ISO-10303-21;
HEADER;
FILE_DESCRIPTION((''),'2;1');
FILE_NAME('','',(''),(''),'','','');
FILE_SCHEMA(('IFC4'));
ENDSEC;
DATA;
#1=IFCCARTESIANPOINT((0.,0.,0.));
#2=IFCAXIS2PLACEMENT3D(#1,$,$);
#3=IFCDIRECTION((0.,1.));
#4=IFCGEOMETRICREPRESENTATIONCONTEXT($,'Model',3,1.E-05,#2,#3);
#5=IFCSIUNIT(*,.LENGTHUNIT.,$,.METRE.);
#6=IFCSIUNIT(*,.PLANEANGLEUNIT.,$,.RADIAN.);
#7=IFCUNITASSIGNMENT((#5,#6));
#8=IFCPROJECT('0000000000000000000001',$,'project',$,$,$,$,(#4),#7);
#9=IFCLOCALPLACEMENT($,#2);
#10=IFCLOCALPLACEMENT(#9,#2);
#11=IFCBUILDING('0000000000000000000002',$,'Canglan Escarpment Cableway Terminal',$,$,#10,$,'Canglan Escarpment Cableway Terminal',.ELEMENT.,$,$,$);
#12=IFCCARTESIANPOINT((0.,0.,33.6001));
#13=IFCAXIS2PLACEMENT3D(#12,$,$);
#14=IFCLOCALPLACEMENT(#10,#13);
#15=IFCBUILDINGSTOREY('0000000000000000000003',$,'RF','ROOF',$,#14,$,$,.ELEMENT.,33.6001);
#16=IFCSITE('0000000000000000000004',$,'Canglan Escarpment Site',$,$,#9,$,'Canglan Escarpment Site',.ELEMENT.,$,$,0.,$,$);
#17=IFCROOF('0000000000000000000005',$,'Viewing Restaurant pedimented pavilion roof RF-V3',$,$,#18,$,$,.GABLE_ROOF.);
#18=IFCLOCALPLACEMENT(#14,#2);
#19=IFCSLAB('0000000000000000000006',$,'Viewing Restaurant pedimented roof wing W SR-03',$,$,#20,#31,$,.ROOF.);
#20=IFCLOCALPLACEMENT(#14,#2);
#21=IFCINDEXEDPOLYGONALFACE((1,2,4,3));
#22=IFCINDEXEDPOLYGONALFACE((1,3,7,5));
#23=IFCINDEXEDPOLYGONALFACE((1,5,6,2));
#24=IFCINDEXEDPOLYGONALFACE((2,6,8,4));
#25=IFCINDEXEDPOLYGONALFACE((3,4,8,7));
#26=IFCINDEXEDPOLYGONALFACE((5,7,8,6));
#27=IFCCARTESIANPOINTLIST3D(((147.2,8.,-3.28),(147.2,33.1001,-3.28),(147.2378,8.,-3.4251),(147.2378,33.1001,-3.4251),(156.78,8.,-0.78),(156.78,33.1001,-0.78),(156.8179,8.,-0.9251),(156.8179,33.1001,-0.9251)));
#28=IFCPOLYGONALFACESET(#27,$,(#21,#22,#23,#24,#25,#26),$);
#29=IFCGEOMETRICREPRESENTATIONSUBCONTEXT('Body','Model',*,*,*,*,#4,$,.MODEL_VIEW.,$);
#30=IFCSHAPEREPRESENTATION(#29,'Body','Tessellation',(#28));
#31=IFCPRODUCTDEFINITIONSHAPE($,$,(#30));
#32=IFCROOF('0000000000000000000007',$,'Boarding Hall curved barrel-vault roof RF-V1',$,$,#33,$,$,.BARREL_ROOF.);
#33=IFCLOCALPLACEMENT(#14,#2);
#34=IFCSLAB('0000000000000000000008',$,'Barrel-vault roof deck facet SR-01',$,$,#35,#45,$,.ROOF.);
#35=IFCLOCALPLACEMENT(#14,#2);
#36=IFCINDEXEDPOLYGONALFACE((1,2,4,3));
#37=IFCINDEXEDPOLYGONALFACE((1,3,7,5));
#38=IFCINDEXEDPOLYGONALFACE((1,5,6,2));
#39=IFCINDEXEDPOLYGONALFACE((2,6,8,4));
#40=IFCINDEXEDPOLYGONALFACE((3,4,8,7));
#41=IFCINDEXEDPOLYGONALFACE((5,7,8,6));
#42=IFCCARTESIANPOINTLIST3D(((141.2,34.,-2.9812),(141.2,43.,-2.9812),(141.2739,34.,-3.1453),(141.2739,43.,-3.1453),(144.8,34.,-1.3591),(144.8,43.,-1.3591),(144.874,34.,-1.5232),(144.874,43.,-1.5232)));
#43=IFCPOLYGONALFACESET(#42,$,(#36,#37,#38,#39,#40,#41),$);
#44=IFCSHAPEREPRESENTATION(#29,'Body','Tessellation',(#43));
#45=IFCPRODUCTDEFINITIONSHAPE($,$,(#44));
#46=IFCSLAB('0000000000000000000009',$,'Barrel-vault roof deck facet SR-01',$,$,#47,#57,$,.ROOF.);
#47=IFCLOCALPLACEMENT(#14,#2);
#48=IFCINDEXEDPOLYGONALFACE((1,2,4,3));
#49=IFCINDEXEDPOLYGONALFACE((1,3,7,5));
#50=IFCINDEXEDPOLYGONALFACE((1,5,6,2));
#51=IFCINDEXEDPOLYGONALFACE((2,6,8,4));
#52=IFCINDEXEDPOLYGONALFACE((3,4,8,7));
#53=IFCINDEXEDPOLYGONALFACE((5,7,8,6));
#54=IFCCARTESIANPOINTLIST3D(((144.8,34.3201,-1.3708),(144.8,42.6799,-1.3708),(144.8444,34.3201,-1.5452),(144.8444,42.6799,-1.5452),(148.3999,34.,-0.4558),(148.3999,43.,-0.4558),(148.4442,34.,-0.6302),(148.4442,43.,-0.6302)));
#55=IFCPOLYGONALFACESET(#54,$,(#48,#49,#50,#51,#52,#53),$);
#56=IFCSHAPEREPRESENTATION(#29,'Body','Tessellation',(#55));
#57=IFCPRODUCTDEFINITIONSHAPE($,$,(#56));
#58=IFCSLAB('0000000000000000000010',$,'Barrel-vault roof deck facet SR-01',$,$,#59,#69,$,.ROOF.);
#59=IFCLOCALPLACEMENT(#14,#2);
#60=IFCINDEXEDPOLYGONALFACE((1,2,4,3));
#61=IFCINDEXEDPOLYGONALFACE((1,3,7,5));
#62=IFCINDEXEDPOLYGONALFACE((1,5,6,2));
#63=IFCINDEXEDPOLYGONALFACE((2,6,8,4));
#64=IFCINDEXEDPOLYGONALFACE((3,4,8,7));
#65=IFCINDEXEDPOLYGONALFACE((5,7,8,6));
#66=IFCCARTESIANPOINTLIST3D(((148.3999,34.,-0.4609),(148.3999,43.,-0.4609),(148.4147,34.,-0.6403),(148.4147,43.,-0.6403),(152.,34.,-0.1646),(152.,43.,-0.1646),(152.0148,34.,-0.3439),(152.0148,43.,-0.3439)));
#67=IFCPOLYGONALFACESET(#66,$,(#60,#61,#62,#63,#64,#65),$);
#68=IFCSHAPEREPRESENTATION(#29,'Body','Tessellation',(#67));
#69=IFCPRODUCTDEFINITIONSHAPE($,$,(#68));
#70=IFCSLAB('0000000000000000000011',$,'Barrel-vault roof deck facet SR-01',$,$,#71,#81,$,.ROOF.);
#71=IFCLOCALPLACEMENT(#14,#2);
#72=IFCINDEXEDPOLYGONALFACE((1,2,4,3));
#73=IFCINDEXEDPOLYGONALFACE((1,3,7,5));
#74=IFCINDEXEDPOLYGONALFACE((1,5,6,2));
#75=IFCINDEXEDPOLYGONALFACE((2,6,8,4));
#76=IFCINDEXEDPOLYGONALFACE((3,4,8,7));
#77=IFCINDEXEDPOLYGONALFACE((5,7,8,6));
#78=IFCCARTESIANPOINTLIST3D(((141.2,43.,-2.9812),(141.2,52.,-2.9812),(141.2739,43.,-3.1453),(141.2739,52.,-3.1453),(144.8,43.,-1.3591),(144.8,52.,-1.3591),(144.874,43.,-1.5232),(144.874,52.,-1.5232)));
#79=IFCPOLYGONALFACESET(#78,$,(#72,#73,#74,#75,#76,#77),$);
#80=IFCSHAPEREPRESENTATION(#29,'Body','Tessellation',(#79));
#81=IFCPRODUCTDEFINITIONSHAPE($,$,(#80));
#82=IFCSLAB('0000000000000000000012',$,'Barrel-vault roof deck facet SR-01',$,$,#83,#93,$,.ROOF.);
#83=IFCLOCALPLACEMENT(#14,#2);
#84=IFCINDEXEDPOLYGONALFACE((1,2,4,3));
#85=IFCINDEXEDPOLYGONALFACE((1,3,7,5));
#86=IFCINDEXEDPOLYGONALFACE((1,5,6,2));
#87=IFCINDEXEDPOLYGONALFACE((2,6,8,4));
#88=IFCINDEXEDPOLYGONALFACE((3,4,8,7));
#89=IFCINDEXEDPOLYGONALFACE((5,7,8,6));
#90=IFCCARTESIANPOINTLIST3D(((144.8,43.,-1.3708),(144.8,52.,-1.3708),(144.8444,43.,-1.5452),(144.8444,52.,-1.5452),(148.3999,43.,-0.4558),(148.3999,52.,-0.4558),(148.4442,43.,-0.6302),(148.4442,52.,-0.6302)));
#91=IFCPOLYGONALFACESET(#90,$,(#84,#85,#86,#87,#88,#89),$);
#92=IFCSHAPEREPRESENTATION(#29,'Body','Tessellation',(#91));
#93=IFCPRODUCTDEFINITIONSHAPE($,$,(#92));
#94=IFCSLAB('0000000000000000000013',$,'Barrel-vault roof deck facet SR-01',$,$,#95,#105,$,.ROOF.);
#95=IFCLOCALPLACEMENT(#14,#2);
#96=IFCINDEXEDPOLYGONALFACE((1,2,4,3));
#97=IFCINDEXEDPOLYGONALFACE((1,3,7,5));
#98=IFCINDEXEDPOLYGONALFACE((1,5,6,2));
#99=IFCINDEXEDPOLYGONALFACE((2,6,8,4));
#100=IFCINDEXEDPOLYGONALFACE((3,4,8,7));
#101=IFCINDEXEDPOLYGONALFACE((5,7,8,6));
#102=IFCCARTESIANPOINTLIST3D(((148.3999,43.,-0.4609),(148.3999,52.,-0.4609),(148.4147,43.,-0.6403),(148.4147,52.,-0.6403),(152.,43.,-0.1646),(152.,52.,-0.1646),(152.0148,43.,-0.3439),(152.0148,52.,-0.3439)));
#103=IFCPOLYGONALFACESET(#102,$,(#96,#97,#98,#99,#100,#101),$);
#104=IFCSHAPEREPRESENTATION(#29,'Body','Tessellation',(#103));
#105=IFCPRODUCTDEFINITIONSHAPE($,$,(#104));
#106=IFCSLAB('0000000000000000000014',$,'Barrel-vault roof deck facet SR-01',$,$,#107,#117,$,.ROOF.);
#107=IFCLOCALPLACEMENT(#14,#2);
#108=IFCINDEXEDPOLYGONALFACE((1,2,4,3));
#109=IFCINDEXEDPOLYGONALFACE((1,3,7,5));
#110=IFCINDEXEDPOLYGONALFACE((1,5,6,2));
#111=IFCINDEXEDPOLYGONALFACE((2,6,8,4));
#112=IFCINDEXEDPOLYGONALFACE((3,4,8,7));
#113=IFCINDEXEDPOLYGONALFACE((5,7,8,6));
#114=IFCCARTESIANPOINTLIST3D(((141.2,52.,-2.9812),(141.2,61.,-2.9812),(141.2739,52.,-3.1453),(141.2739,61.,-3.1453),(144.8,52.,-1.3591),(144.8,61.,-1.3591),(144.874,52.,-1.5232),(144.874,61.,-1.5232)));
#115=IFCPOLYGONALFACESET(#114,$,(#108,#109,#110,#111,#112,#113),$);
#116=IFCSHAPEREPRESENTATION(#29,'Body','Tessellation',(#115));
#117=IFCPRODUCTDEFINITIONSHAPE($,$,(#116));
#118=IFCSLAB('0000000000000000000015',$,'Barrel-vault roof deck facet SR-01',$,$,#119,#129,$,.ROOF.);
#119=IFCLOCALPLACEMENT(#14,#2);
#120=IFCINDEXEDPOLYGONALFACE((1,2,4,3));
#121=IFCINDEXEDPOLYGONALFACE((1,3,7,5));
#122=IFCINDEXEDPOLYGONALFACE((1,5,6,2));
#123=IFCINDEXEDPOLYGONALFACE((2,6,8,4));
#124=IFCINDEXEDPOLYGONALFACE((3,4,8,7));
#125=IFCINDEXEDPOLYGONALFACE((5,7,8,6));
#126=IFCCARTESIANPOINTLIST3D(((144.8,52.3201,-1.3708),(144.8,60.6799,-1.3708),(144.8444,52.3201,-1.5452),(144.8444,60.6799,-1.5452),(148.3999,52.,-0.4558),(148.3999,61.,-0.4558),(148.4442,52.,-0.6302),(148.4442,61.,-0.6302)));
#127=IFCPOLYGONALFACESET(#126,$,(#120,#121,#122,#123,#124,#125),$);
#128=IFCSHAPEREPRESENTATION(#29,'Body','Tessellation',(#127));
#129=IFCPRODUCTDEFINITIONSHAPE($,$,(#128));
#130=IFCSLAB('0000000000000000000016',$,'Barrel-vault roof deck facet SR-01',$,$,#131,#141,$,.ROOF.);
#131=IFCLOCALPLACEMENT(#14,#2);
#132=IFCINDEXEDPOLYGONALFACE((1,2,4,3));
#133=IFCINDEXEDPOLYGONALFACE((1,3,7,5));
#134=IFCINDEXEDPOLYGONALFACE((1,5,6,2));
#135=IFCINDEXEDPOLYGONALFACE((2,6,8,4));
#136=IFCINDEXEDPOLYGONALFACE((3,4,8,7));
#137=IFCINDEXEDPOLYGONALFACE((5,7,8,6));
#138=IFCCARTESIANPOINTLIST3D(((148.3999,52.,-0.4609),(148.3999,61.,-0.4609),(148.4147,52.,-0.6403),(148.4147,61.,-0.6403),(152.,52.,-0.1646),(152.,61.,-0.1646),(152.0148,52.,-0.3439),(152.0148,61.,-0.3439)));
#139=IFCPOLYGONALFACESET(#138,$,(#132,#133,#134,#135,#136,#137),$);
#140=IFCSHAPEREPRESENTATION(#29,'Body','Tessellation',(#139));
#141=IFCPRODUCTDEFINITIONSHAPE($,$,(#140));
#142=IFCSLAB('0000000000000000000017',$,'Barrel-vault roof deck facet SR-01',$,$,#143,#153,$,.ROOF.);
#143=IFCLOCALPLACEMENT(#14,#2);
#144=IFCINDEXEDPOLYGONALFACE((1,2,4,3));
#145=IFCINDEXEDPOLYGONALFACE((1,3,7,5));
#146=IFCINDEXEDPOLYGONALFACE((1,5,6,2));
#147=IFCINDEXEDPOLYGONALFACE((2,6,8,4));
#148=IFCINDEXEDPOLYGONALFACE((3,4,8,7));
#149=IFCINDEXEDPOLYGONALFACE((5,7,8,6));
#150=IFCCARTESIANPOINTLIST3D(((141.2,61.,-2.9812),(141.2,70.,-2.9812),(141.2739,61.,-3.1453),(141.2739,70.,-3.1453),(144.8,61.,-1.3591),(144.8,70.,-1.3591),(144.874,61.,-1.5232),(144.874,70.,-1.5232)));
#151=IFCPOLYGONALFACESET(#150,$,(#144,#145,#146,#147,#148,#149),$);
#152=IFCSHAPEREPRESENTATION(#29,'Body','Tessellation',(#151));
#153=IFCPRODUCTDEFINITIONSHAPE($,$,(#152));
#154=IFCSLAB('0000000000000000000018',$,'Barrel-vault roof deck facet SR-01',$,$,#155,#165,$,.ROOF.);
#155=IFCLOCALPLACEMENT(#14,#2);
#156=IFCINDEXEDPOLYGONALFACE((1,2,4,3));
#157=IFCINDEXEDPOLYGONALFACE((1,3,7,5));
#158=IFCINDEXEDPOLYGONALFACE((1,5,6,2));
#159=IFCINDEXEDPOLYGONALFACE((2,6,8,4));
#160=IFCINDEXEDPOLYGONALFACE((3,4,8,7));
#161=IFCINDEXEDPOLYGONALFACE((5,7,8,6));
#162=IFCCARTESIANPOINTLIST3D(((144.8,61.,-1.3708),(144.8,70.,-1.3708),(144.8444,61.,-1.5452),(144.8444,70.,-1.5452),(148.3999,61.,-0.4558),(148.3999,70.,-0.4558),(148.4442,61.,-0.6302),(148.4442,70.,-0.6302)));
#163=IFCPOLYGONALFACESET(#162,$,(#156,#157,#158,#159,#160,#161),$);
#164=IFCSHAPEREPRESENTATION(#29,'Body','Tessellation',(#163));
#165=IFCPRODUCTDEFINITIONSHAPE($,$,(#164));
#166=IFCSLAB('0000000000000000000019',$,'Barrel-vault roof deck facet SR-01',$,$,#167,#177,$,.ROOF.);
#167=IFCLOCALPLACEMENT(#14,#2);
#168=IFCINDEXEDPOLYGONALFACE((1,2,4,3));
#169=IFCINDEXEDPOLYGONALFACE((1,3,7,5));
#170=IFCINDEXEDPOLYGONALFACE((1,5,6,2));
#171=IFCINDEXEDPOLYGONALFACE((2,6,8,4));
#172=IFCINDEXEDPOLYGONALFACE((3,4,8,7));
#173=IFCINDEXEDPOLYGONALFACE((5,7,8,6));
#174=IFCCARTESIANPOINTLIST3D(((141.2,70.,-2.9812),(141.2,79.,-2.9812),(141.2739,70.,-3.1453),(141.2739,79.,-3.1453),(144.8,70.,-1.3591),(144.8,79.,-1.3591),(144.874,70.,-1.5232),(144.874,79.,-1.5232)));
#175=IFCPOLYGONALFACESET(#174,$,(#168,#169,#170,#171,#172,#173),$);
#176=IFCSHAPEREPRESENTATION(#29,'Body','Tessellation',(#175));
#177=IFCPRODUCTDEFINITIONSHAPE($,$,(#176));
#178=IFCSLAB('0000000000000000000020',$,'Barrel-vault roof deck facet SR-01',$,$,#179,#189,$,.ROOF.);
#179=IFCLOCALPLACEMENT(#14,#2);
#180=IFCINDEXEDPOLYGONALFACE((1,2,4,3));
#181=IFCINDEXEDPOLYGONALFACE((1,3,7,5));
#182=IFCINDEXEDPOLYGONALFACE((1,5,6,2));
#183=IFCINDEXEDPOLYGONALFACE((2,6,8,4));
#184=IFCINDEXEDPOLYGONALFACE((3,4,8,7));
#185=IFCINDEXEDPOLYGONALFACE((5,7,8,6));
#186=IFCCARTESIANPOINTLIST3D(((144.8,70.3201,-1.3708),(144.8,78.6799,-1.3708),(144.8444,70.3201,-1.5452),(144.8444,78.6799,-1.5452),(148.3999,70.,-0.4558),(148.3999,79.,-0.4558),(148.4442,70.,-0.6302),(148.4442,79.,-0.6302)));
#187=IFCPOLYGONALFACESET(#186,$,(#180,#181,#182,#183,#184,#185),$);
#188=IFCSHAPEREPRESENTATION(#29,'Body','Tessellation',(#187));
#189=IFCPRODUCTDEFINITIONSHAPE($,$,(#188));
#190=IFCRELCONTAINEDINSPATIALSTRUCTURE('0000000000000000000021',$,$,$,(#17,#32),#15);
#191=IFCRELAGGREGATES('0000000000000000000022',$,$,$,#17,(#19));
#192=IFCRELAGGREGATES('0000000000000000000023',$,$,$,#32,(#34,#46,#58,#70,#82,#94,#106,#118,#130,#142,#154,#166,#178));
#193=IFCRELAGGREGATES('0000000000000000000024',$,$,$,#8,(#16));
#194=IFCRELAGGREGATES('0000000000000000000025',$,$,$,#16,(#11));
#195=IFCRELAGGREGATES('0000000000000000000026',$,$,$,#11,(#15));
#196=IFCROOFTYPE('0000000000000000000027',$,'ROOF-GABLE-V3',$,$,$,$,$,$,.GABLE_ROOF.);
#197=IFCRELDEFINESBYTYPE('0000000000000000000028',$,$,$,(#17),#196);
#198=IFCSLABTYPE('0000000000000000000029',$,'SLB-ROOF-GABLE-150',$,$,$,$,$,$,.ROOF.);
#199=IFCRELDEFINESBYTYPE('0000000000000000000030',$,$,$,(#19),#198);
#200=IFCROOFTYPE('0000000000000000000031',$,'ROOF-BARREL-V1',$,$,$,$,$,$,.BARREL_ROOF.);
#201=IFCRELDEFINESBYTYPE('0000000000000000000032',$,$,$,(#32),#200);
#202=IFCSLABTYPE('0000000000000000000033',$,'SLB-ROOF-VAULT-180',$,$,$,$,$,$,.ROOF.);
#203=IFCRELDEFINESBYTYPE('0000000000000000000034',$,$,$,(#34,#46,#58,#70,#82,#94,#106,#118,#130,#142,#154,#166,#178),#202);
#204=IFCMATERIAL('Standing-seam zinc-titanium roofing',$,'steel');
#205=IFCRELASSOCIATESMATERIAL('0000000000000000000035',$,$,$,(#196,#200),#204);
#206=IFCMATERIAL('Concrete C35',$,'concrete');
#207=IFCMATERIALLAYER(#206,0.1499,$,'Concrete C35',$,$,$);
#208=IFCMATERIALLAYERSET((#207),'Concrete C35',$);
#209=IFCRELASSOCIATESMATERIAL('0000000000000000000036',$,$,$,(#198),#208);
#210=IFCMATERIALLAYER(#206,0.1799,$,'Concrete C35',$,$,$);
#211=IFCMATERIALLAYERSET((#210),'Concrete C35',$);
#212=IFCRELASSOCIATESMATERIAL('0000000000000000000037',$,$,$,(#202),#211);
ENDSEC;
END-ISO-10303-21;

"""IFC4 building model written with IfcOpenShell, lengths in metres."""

from ifc_helpers import new_model, si_unit, direction, frame, origin, place, context, subcontext, project, spatial, polyline, outline, extrude, material, layer, layer_set, type_object, element, aggregate, save


model = new_model("IFC4")

# Units and contexts
model_context = context("Model", 3, precision=1e-05, world=origin(), true_north=direction((0.0, 1.0)))
body_context = subcontext(model_context, "Body", "Model", "MODEL_VIEW")
ifc_project = project(units=[si_unit("LENGTHUNIT", "METRE"), si_unit("PLANEANGLEUNIT", "RADIAN")], contexts=[model_context])

# Site, building, storey
site_placement = place(None, origin())
site = spatial("IfcSite", under=ifc_project, at=site_placement, Name="Canglan Escarpment Site", LongName="Canglan Escarpment Site", CompositionType="ELEMENT", RefElevation=0.0)
building_placement = place(site_placement, origin())
building = spatial("IfcBuilding", under=site, at=building_placement, Name="Canglan Escarpment Cableway Terminal", LongName="Canglan Escarpment Cableway Terminal", CompositionType="ELEMENT")
storey_placement = place(building_placement, frame((0.0, 0.0, 33.6001)))
storey = spatial("IfcBuildingStorey", under=building, at=storey_placement, Name="RF", Description="ROOF", CompositionType="ELEMENT", Elevation=33.6001)

# Roof, slab
ifc_material_1 = material(Name="Standing-seam zinc-titanium roofing", Category="steel")
roof_type_1 = type_object("IfcRoofType", Name="ROOF-GABLE-V3", PredefinedType="GABLE_ROOF", material=ifc_material_1)
roof_1_placement = place(storey_placement, origin())
roof_1 = element("IfcRoof", 1, at=roof_1_placement, inside=storey, type_object=roof_type_1, Name="Viewing Restaurant pedimented pavilion roof RF-V3", PredefinedType="GABLE_ROOF")
ifc_material_2 = material(Name="Concrete C35", Category="concrete")
ifc_layer_1 = layer(ifc_material_2, 0.1499, Name="Concrete C35")
ifc_layer_set_1 = layer_set([ifc_layer_1], Name="Concrete C35")
slab_type_1 = type_object("IfcSlabType", Name="SLB-ROOF-GABLE-150", PredefinedType="ROOF", material=ifc_layer_set_1)
slab_1_placement = place(storey_placement, frame((147.2, 8.0, -3.28), z_axis=(-0.252502, 0.0, 0.967596), x_axis=(0.967596, 0.0, 0.252502)))
slab_1 = element("IfcSlab", 2, at=slab_1_placement, type_object=slab_type_1, Name="Viewing Restaurant pedimented roof wing W SR-03", PredefinedType="ROOF", context=body_context, shape_type="SweptSolid", body=[
    extrude(outline(polyline([(0.0, 0.0), (9.9009, 0.0), (9.9009, 25.1001), (0.0, 25.1001), (0.0, 0.0)])), origin(), (0.0, 0.0, -1.0), 0.1499),
])
aggregate(roof_1, [slab_1])

# Roof, slabs
roof_type_2 = type_object("IfcRoofType", Name="ROOF-BARREL-V1", PredefinedType="BARREL_ROOF", material=ifc_material_1)
roof_2_placement = place(storey_placement, origin())
roof_2 = element("IfcRoof", 3, at=roof_2_placement, inside=storey, type_object=roof_type_2, Name="Boarding Hall curved barrel-vault roof RF-V1", PredefinedType="BARREL_ROOF")
ifc_layer_2 = layer(ifc_material_2, 0.1799, Name="Concrete C35")
ifc_layer_set_2 = layer_set([ifc_layer_2], Name="Concrete C35")
slab_type_2 = type_object("IfcSlabType", Name="SLB-ROOF-VAULT-180", PredefinedType="ROOF", material=ifc_layer_set_2)
slab_2_placement = place(storey_placement, frame((141.2, 34.0, -2.9812), z_axis=(-0.410791, 0.0, 0.911729), x_axis=(0.911729, 0.0, 0.410791)))
slab_2 = element("IfcSlab", 4, at=slab_2_placement, type_object=slab_type_2, Name="Barrel-vault roof deck facet SR-01", PredefinedType="ROOF", context=body_context, shape_type="SweptSolid", body=[
    extrude(outline(polyline([(0.0, 0.0), (3.9486, 0.0), (3.9486, 9.0), (0.0, 9.0), (0.0, 0.0)])), origin(), (0.0, 0.0, -1.0), 0.1799),
])
slab_3_placement = place(storey_placement, frame((144.8, 34.3201, -1.3708), z_axis=(-0.246354, 0.0, 0.96918), x_axis=(0.965602, -0.085853, 0.245444)))
slab_3 = element("IfcSlab", 5, at=slab_3_placement, type_object=slab_type_2, Name="Barrel-vault roof deck facet SR-01", PredefinedType="ROOF", context=body_context, shape_type="SweptSolid", body=[
    extrude(outline(polyline([(0.0, 0.0), (3.7281, 0.0), (2.9554, 8.9668), (-0.7177, 8.329), (0.0, 0.0)])), origin(), (0.0, 0.0, -1.0), 0.1799),
])
slab_4_placement = place(storey_placement, frame((148.3999, 34.0, -0.4609), z_axis=(-0.08205, 0.0, 0.996628), x_axis=(0.996628, 0.0, 0.08205)))
slab_4 = element("IfcSlab", 6, at=slab_4_placement, type_object=slab_type_2, Name="Barrel-vault roof deck facet SR-01", PredefinedType="ROOF", context=body_context, shape_type="SweptSolid", body=[
    extrude(outline(polyline([(0.0, 0.0), (3.6123, 0.0), (3.6123, 9.0), (0.0, 9.0), (0.0, 0.0)])), origin(), (0.0, 0.0, -1.0), 0.1799),
])
slab_5_placement = place(storey_placement, frame((141.2, 43.0, -2.9812), z_axis=(-0.410791, 0.0, 0.911729), x_axis=(0.911729, 0.0, 0.410791)))
slab_5 = element("IfcSlab", 7, at=slab_5_placement, type_object=slab_type_2, Name="Barrel-vault roof deck facet SR-01", PredefinedType="ROOF", context=body_context, shape_type="SweptSolid", body=[
    extrude(outline(polyline([(0.0, 0.0), (3.9486, 0.0), (3.9486, 9.0), (0.0, 9.0), (0.0, 0.0)])), origin(), (0.0, 0.0, -1.0), 0.1799),
])
slab_6_placement = place(storey_placement, frame((144.8, 43.0, -1.3708), z_axis=(-0.246354, 0.0, 0.96918), x_axis=(0.96918, 0.0, 0.246354)))
slab_6 = element("IfcSlab", 8, at=slab_6_placement, type_object=slab_type_2, Name="Barrel-vault roof deck facet SR-01", PredefinedType="ROOF", context=body_context, shape_type="SweptSolid", body=[
    extrude(outline(polyline([(0.0, 0.0), (3.7143, 0.0), (3.7143, 9.0), (0.0, 9.0), (0.0, 0.0)])), origin(), (0.0, 0.0, -1.0), 0.1799),
])
slab_7_placement = place(storey_placement, frame((148.3999, 43.0, -0.4609), z_axis=(-0.08205, 0.0, 0.996628), x_axis=(0.996628, 0.0, 0.08205)))
slab_7 = element("IfcSlab", 9, at=slab_7_placement, type_object=slab_type_2, Name="Barrel-vault roof deck facet SR-01", PredefinedType="ROOF", context=body_context, shape_type="SweptSolid", body=[
    extrude(outline(polyline([(0.0, 0.0), (3.6123, 0.0), (3.6123, 9.0), (0.0, 9.0), (0.0, 0.0)])), origin(), (0.0, 0.0, -1.0), 0.1799),
])
slab_8_placement = place(storey_placement, frame((141.2, 52.0, -2.9812), z_axis=(-0.410791, 0.0, 0.911729), x_axis=(0.911729, 0.0, 0.410791)))
slab_8 = element("IfcSlab", 10, at=slab_8_placement, type_object=slab_type_2, Name="Barrel-vault roof deck facet SR-01", PredefinedType="ROOF", context=body_context, shape_type="SweptSolid", body=[
    extrude(outline(polyline([(0.0, 0.0), (3.9486, 0.0), (3.9486, 9.0), (0.0, 9.0), (0.0, 0.0)])), origin(), (0.0, 0.0, -1.0), 0.1799),
])
slab_9_placement = place(storey_placement, frame((144.8, 52.3201, -1.3708), z_axis=(-0.246354, 0.0, 0.96918), x_axis=(0.965602, -0.085853, 0.245444)))
slab_9 = element("IfcSlab", 11, at=slab_9_placement, type_object=slab_type_2, Name="Barrel-vault roof deck facet SR-01", PredefinedType="ROOF", context=body_context, shape_type="SweptSolid", body=[
    extrude(outline(polyline([(0.0, 0.0), (3.7281, 0.0), (2.9554, 8.9668), (-0.7177, 8.329), (0.0, 0.0)])), origin(), (0.0, 0.0, -1.0), 0.1799),
])
slab_10_placement = place(storey_placement, frame((148.3999, 52.0, -0.4609), z_axis=(-0.08205, 0.0, 0.996628), x_axis=(0.996628, 0.0, 0.08205)))
slab_10 = element("IfcSlab", 12, at=slab_10_placement, type_object=slab_type_2, Name="Barrel-vault roof deck facet SR-01", PredefinedType="ROOF", context=body_context, shape_type="SweptSolid", body=[
    extrude(outline(polyline([(0.0, 0.0), (3.6123, 0.0), (3.6123, 9.0), (0.0, 9.0), (0.0, 0.0)])), origin(), (0.0, 0.0, -1.0), 0.1799),
])
slab_11_placement = place(storey_placement, frame((141.2, 61.0, -2.9812), z_axis=(-0.410791, 0.0, 0.911729), x_axis=(0.911729, 0.0, 0.410791)))
slab_11 = element("IfcSlab", 13, at=slab_11_placement, type_object=slab_type_2, Name="Barrel-vault roof deck facet SR-01", PredefinedType="ROOF", context=body_context, shape_type="SweptSolid", body=[
    extrude(outline(polyline([(0.0, 0.0), (3.9486, 0.0), (3.9486, 9.0), (0.0, 9.0), (0.0, 0.0)])), origin(), (0.0, 0.0, -1.0), 0.1799),
])
slab_12_placement = place(storey_placement, frame((144.8, 61.0, -1.3708), z_axis=(-0.246354, 0.0, 0.96918), x_axis=(0.96918, 0.0, 0.246354)))
slab_12 = element("IfcSlab", 14, at=slab_12_placement, type_object=slab_type_2, Name="Barrel-vault roof deck facet SR-01", PredefinedType="ROOF", context=body_context, shape_type="SweptSolid", body=[
    extrude(outline(polyline([(0.0, 0.0), (3.7143, 0.0), (3.7143, 9.0), (0.0, 9.0), (0.0, 0.0)])), origin(), (0.0, 0.0, -1.0), 0.1799),
])
slab_13_placement = place(storey_placement, frame((141.2, 70.0, -2.9812), z_axis=(-0.410791, 0.0, 0.911729), x_axis=(0.911729, 0.0, 0.410791)))
slab_13 = element("IfcSlab", 15, at=slab_13_placement, type_object=slab_type_2, Name="Barrel-vault roof deck facet SR-01", PredefinedType="ROOF", context=body_context, shape_type="SweptSolid", body=[
    extrude(outline(polyline([(0.0, 0.0), (3.9486, 0.0), (3.9486, 9.0), (0.0, 9.0), (0.0, 0.0)])), origin(), (0.0, 0.0, -1.0), 0.1799),
])
slab_14_placement = place(storey_placement, frame((144.8, 70.3201, -1.3708), z_axis=(-0.246354, 0.0, 0.96918), x_axis=(0.965602, -0.085853, 0.245444)))
slab_14 = element("IfcSlab", 16, at=slab_14_placement, type_object=slab_type_2, Name="Barrel-vault roof deck facet SR-01", PredefinedType="ROOF", context=body_context, shape_type="SweptSolid", body=[
    extrude(outline(polyline([(0.0, 0.0), (3.7281, 0.0), (2.9554, 8.9668), (-0.7177, 8.329), (0.0, 0.0)])), origin(), (0.0, 0.0, -1.0), 0.1799),
])
aggregate(roof_2, [slab_2, slab_3, slab_4, slab_5, slab_6, slab_7, slab_8, slab_9, slab_10, slab_11, slab_12, slab_13, slab_14])

save(model, "model.ifc")
